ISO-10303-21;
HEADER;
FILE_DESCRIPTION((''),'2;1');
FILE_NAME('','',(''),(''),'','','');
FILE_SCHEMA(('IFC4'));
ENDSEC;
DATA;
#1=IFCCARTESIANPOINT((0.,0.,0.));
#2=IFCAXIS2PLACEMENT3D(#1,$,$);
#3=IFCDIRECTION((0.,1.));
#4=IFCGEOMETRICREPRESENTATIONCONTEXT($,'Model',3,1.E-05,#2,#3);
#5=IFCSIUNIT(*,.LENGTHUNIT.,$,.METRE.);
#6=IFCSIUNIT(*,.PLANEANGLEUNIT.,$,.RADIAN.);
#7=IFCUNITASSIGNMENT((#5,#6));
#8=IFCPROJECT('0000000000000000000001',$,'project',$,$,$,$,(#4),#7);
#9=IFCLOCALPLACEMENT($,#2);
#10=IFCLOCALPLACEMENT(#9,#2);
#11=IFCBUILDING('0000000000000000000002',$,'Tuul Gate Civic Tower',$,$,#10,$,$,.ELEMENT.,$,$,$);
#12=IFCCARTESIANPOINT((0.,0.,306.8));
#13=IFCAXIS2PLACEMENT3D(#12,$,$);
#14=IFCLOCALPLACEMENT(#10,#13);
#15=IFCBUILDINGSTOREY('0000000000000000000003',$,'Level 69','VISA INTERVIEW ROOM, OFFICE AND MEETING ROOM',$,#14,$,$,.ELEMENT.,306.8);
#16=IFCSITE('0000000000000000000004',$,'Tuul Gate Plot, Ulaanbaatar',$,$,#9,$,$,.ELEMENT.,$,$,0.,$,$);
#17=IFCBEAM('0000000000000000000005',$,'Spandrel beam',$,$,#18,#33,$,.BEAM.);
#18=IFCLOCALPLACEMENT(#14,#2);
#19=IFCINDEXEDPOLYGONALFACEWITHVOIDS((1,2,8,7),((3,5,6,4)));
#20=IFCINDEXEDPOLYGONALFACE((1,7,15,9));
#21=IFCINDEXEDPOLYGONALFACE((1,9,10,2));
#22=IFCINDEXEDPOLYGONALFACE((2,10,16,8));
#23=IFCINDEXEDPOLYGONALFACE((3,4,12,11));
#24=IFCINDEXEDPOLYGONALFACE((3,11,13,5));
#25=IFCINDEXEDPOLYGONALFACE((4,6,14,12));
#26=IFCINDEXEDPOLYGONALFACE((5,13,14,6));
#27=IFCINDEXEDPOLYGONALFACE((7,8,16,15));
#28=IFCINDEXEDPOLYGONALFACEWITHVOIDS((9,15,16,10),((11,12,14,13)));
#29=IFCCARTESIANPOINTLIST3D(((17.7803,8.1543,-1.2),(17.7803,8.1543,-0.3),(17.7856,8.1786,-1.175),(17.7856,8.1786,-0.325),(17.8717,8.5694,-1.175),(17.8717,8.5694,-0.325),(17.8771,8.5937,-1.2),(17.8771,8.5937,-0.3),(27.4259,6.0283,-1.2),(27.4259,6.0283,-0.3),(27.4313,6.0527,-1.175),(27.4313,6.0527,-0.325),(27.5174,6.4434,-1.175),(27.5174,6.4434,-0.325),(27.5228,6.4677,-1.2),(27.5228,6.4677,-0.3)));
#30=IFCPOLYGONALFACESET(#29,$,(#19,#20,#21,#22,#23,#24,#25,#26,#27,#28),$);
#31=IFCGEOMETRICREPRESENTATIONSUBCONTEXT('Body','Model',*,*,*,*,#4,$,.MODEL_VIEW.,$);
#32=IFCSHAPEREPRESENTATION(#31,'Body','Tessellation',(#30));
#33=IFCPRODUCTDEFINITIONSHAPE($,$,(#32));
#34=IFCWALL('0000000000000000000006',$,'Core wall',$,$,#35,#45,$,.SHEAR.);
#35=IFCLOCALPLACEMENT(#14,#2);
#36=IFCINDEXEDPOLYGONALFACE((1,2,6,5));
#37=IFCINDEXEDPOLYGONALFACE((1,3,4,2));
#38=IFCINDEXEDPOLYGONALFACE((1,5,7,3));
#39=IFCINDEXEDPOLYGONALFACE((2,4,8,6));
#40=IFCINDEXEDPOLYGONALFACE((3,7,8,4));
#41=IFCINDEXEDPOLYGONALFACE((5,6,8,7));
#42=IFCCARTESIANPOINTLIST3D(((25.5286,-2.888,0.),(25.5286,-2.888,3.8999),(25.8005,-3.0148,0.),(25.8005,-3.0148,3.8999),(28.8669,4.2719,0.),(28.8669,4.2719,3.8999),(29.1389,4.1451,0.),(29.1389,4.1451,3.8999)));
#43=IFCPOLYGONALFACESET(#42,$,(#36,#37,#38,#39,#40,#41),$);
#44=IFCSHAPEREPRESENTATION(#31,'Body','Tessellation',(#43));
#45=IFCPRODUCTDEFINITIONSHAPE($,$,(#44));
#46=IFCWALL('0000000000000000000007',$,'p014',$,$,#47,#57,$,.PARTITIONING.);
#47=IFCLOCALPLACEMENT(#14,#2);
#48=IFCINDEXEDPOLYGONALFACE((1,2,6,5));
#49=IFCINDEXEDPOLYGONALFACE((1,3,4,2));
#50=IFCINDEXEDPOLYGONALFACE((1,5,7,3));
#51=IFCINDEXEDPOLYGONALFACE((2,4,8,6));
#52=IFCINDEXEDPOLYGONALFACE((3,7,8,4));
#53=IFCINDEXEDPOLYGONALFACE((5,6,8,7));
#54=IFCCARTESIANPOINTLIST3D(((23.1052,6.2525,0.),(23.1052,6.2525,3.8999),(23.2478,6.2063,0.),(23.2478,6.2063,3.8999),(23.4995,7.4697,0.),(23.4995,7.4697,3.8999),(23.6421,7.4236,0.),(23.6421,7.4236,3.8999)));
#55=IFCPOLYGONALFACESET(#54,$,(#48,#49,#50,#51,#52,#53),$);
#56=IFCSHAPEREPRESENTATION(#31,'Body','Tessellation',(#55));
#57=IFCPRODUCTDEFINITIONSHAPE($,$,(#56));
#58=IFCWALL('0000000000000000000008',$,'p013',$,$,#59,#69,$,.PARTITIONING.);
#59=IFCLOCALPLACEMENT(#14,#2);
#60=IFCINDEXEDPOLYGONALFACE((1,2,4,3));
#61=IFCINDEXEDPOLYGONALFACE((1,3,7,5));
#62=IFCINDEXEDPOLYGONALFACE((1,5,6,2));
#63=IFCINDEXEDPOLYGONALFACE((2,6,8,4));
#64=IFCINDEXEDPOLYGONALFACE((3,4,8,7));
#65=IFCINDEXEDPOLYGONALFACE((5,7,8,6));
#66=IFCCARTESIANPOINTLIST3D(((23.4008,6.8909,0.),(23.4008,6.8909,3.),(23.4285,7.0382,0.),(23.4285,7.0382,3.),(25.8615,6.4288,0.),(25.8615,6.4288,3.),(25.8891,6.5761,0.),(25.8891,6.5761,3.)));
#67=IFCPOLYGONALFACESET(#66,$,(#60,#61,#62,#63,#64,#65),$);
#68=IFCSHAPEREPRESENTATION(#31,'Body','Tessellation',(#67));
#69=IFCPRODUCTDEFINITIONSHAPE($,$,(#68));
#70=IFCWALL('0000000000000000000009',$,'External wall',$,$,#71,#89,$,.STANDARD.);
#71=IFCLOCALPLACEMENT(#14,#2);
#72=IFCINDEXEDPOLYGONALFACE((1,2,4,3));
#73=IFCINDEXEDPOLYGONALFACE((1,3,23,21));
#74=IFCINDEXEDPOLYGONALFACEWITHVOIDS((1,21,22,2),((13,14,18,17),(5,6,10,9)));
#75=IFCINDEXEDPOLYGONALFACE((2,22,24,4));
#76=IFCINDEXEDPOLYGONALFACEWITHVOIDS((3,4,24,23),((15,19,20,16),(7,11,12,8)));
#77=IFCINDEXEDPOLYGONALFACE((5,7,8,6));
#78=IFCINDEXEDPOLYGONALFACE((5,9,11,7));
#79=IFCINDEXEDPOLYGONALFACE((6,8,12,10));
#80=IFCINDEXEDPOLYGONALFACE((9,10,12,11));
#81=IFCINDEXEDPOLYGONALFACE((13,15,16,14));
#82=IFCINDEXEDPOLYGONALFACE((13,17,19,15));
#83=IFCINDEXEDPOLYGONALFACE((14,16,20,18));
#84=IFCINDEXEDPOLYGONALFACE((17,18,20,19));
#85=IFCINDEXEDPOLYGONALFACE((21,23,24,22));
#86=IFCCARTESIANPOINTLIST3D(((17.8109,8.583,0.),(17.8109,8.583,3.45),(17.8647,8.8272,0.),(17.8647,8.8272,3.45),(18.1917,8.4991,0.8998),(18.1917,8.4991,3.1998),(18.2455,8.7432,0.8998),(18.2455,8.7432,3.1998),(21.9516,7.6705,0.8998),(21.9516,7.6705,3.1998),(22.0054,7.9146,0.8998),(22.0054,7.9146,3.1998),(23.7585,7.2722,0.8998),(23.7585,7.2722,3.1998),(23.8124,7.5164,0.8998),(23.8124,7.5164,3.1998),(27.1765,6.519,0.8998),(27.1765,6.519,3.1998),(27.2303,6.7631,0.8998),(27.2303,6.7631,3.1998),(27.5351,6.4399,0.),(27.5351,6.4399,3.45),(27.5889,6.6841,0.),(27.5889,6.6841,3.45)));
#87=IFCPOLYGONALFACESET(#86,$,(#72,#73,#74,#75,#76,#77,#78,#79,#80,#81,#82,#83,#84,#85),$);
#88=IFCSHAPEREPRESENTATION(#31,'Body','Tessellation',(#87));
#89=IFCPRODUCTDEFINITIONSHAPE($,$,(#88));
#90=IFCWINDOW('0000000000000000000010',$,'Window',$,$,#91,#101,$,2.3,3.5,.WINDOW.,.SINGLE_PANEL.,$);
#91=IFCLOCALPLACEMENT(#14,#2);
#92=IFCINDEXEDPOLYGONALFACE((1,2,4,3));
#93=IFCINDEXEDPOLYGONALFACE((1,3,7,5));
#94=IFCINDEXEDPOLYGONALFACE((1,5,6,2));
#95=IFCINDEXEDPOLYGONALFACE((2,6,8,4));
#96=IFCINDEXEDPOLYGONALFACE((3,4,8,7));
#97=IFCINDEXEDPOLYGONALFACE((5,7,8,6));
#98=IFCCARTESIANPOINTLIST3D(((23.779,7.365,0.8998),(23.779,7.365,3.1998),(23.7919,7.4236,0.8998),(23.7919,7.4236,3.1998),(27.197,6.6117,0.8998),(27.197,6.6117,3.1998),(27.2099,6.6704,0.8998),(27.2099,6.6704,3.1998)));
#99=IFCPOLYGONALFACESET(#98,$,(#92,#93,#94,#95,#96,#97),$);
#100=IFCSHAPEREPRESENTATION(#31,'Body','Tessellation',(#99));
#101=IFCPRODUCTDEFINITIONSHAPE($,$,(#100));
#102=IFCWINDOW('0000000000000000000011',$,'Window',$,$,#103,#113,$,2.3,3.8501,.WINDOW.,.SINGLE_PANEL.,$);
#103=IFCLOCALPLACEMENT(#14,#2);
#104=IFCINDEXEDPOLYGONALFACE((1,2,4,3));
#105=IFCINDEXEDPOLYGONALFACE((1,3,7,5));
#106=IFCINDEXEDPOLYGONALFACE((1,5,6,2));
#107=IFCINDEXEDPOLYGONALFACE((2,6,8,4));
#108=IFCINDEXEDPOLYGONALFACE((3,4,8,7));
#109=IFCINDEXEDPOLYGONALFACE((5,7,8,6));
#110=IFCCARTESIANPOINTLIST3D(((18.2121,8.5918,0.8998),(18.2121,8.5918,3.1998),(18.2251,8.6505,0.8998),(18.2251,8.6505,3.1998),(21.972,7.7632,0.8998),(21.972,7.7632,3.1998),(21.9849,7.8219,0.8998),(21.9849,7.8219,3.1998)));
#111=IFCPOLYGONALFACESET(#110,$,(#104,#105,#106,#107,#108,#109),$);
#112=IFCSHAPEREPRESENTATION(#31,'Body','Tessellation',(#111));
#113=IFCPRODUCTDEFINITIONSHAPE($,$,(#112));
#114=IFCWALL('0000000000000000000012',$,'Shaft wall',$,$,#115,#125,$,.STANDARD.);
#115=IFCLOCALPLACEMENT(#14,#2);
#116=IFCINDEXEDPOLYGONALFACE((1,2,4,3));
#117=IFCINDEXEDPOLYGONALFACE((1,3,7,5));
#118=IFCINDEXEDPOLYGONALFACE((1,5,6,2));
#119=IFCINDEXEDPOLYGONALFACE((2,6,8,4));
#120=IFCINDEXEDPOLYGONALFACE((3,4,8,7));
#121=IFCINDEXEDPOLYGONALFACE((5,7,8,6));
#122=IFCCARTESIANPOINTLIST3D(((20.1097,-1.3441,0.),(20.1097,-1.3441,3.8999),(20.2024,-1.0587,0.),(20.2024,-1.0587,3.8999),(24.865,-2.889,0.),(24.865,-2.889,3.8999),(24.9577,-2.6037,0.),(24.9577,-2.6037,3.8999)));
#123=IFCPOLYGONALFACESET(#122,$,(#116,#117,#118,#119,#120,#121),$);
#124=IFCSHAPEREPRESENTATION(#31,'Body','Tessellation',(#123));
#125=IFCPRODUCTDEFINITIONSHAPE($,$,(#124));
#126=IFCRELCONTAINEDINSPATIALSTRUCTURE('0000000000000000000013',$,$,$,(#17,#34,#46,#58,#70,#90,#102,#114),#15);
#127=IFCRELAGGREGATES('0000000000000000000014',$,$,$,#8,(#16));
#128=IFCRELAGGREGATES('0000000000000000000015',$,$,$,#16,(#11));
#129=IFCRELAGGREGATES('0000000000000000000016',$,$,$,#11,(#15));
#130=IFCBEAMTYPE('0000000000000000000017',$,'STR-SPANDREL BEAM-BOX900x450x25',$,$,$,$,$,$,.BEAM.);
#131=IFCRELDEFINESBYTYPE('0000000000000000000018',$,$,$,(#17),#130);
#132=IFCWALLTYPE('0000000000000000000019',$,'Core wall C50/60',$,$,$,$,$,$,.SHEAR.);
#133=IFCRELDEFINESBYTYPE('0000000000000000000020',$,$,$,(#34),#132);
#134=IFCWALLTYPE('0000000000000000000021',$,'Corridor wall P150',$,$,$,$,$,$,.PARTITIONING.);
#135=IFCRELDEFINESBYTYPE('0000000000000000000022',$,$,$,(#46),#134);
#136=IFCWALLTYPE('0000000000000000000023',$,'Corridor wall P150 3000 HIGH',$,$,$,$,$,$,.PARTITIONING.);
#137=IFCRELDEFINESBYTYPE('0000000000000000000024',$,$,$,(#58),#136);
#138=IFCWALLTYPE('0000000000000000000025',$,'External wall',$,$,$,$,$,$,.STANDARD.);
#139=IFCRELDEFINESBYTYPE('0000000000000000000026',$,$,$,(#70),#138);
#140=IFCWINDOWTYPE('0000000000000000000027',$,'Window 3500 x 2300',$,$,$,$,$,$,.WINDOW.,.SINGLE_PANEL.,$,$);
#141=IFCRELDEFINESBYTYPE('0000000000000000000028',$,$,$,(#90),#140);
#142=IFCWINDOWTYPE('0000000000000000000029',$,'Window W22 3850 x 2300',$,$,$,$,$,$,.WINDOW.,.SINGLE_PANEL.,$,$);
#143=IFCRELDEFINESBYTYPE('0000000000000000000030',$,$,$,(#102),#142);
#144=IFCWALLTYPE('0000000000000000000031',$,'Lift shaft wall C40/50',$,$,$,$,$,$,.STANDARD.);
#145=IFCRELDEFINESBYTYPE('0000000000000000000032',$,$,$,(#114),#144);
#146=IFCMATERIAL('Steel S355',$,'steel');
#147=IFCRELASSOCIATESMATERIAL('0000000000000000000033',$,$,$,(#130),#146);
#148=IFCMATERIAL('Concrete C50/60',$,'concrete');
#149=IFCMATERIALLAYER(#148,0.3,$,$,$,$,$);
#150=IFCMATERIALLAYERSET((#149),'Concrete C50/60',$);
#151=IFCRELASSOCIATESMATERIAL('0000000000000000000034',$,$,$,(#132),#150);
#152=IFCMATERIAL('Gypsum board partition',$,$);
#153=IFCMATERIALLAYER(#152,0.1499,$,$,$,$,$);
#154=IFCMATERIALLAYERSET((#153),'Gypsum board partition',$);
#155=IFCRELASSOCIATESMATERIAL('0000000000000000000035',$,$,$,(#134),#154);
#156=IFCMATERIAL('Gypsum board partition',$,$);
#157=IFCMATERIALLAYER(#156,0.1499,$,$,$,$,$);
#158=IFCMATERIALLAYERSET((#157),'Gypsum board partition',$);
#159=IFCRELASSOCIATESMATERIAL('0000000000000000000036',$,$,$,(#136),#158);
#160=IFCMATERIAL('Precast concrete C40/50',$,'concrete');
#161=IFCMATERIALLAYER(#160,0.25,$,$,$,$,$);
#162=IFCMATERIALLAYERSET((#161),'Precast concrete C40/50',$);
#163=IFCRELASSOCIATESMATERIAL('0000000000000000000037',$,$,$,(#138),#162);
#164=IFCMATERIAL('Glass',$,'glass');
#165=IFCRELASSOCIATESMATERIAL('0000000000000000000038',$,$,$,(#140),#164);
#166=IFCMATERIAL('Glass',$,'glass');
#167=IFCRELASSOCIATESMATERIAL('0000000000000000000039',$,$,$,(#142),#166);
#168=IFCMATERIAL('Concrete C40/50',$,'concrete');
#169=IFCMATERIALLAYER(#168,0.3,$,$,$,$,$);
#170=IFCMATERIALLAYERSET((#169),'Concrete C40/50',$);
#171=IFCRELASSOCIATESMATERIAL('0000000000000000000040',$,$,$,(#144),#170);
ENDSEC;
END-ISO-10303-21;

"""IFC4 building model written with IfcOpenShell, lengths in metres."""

from ifc_helpers import new_model, si_unit, direction, frame, frame_2d, origin, origin_2d, place, context, subcontext, project, spatial, rectangle, hollow_rectangle, extrude, material, layer, layer_set, material_profile, profile_set, type_object, element, fill, save


model = new_model("IFC4")

# Units and contexts
model_context = context("Model", 3, precision=1e-05, world=origin(), true_north=direction((0.0, 1.0)))
body_context = subcontext(model_context, "Body", "Model", "MODEL_VIEW")
ifc_project = project(units=[si_unit("LENGTHUNIT", "METRE"), si_unit("PLANEANGLEUNIT", "RADIAN")], contexts=[model_context])

# Site, building, storey
site_placement = place(None, origin())
site = spatial("IfcSite", under=ifc_project, at=site_placement, Name="Tuul Gate Plot, Ulaanbaatar", CompositionType="ELEMENT", RefElevation=0.0)
building_placement = place(site_placement, origin())
building = spatial("IfcBuilding", under=site, at=building_placement, Name="Tuul Gate Civic Tower", CompositionType="ELEMENT")
storey_placement = place(building_placement, frame((0.0, 0.0, 306.8)))
storey = spatial("IfcBuildingStorey", under=building, at=storey_placement, Name="Level 69", Description="VISA INTERVIEW ROOM, OFFICE AND MEETING ROOM", CompositionType="ELEMENT", Elevation=306.8)

# Beam
ifc_material_1 = material(Name="Steel S355", Category="steel")
ifc_material_profile = material_profile(ifc_material_1, hollow_rectangle(XDim=0.45, YDim=0.8999, WallThickness=0.0249, at=origin_2d()), Name="BOX900x450x25")
ifc_profile_set = profile_set([ifc_material_profile], Name="Steel S355")
beam_type = type_object("IfcBeamType", Name="STR-SPANDREL BEAM-BOX900x450x25", PredefinedType="BEAM", material=ifc_profile_set)
beam_placement = place(storey_placement, frame((27.4744, 6.248, -0.75), z_axis=(-0.976561, 0.215239, 0.0), x_axis=(-0.215239, -0.976561, 0.0)))
element("IfcBeam", 1, at=beam_placement, inside=storey, type_object=beam_type, Name="Spandrel beam", PredefinedType="BEAM", context=body_context, shape_type="SweptSolid", body=[
    extrude(hollow_rectangle(XDim=0.45, YDim=0.8999, WallThickness=0.0249, at=origin_2d()), origin(), (0.0, 0.0, 1.0), 9.8772),
])

# Walls
ifc_material_2 = material(Name="Concrete C50/60", Category="concrete")
ifc_layer_1 = layer(ifc_material_2, 0.3)
ifc_layer_set_1 = layer_set([ifc_layer_1], Name="Concrete C50/60")
wall_type_1 = type_object("IfcWallType", Name="Core wall C50/60", PredefinedType="SHEAR", material=ifc_layer_set_1)
wall_1_placement = place(storey_placement, frame((25.6646, -2.9514, 0.0), z_axis=(0.0, 0.0, 1.0), x_axis=(0.422583, 0.906324, 0.0)))
element("IfcWall", 2, at=wall_1_placement, inside=storey, type_object=wall_type_1, Name="Core wall", PredefinedType="SHEAR", context=body_context, shape_type="SweptSolid", body=[
    extrude(rectangle(XDim=7.8999, YDim=0.3, at=frame_2d((3.95, 0.0))), origin(), (0.0, 0.0, 1.0), 3.8999),
])
ifc_material_3 = material(Name="Gypsum board partition")
ifc_layer_2 = layer(ifc_material_3, 0.1499)
ifc_layer_set_2 = layer_set([ifc_layer_2], Name="Gypsum board partition")
wall_type_2 = type_object("IfcWallType", Name="Corridor wall P150", PredefinedType="PARTITIONING", material=ifc_layer_set_2)
wall_2_placement = place(storey_placement, frame((23.1765, 6.2295, 0.0), z_axis=(0.0, 0.0, 1.0), x_axis=(0.308145, 0.951339, 0.0)))
element("IfcWall", 3, at=wall_2_placement, inside=storey, type_object=wall_type_2, Name="p014", PredefinedType="PARTITIONING", context=body_context, shape_type="SweptSolid", body=[
    extrude(rectangle(XDim=1.2795, YDim=0.1499, at=frame_2d((0.6396, 0.0))), origin(), (0.0, 0.0, 1.0), 3.8999),
])
ifc_material_4 = material(Name="Gypsum board partition")
ifc_layer_3 = layer(ifc_material_4, 0.1499)
ifc_layer_set_3 = layer_set([ifc_layer_3], Name="Gypsum board partition")
wall_type_3 = type_object("IfcWallType", Name="Corridor wall P150 3000 HIGH", PredefinedType="PARTITIONING", material=ifc_layer_set_3)
wall_3_placement = place(storey_placement, frame((23.4146, 6.9646, 0.0), z_axis=(0.0, 0.0, 1.0), x_axis=(0.982816, -0.184589, 0.0)))
element("IfcWall", 4, at=wall_3_placement, inside=storey, type_object=wall_type_3, Name="p013", PredefinedType="PARTITIONING", context=body_context, shape_type="SweptSolid", body=[
    extrude(rectangle(XDim=2.5037, YDim=0.1499, at=frame_2d((1.252, 0.0))), origin(), (0.0, 0.0, 1.0), 3.0),
])

# Wall, openings, windows
ifc_material_5 = material(Name="Precast concrete C40/50", Category="concrete")
ifc_layer_4 = layer(ifc_material_5, 0.25)
ifc_layer_set_4 = layer_set([ifc_layer_4], Name="Precast concrete C40/50")
wall_type_4 = type_object("IfcWallType", Name="External wall", PredefinedType="STANDARD", material=ifc_layer_set_4)
wall_4_placement = place(storey_placement, frame((27.562, 6.562, 0.0), z_axis=(0.0, 0.0, 1.0), x_axis=(-0.976565, 0.215222, 0.0)))
wall_4 = element("IfcWall", 5, at=wall_4_placement, inside=storey, type_object=wall_type_4, Name="External wall", PredefinedType="STANDARD", context=body_context, shape_type="SweptSolid", body=[
    extrude(rectangle(XDim=9.9575, YDim=0.25, at=frame_2d((4.9788, 0.0))), origin(), (0.0, 0.0, 1.0), 3.45),
])
opening_1_placement = place(wall_4_placement, frame((5.7175, 0.0, 0.8999)))
opening_1 = element("IfcOpeningElement", 6, at=opening_1_placement, cuts=wall_4, PredefinedType="OPENING", context=body_context, shape_type="SweptSolid", body=[
    extrude(rectangle(XDim=3.8501, YDim=2.3, at=frame_2d((1.925, 1.1499))), frame((0.0, 0.135, 0.0), z_axis=(0.0, -1.0, 0.0), x_axis=(1.0, 0.0, 0.0)), (0.0, 0.0, 1.0), 0.27),
])
opening_2_placement = place(wall_4_placement, frame((0.3672, 0.0, 0.8999)))
opening_2 = element("IfcOpeningElement", 7, at=opening_2_placement, cuts=wall_4, PredefinedType="OPENING", context=body_context, shape_type="SweptSolid", body=[
    extrude(rectangle(XDim=3.5, YDim=2.3, at=frame_2d((1.75, 1.1499))), frame((0.0, 0.135, 0.0), z_axis=(0.0, -1.0, 0.0), x_axis=(1.0, 0.0, 0.0)), (0.0, 0.0, 1.0), 0.27),
])
ifc_material_6 = material(Name="Glass", Category="glass")
window_type_1 = type_object("IfcWindowType", Name="Window 3500 x 2300", PartitioningType="SINGLE_PANEL", PredefinedType="WINDOW", material=ifc_material_6)
window_1_placement = place(opening_2_placement, origin())
window_1 = element("IfcWindow", 8, at=window_1_placement, inside=storey, type_object=window_type_1, Name="Window", OverallHeight=2.3, OverallWidth=3.5, PartitioningType="SINGLE_PANEL", PredefinedType="WINDOW", context=body_context, shape_type="SweptSolid", body=[
    extrude(rectangle(XDim=3.5, YDim=2.3, at=frame_2d((1.75, 1.1499))), frame((0.0, 0.03, 0.0), z_axis=(0.0, -1.0, 0.0), x_axis=(1.0, 0.0, 0.0)), (0.0, 0.0, 1.0), 0.0601),
])
fill(opening_2, window_1)
ifc_material_7 = material(Name="Glass", Category="glass")
window_type_2 = type_object("IfcWindowType", Name="Window W22 3850 x 2300", PartitioningType="SINGLE_PANEL", PredefinedType="WINDOW", material=ifc_material_7)
window_2_placement = place(opening_1_placement, origin())
window_2 = element("IfcWindow", 9, at=window_2_placement, inside=storey, type_object=window_type_2, Name="Window", OverallHeight=2.3, OverallWidth=3.8501, PartitioningType="SINGLE_PANEL", PredefinedType="WINDOW", context=body_context, shape_type="SweptSolid", body=[
    extrude(rectangle(XDim=3.8501, YDim=2.3, at=frame_2d((1.925, 1.1499))), frame((0.0, 0.03, 0.0), z_axis=(0.0, -1.0, 0.0), x_axis=(1.0, 0.0, 0.0)), (0.0, 0.0, 1.0), 0.0601),
])
fill(opening_1, window_2)

# Wall
ifc_material_8 = material(Name="Concrete C40/50", Category="concrete")
ifc_layer_5 = layer(ifc_material_8, 0.3)
ifc_layer_set_5 = layer_set([ifc_layer_5], Name="Concrete C40/50")
wall_type_5 = type_object("IfcWallType", Name="Lift shaft wall C40/50", PredefinedType="STANDARD", material=ifc_layer_set_5)
wall_5_placement = place(storey_placement, frame((24.9114, -2.7463, 0.0), z_axis=(0.0, 0.0, 1.0), x_axis=(-0.951068, 0.308982, 0.0)))
element("IfcWall", 10, at=wall_5_placement, inside=storey, type_object=wall_type_5, Name="Shaft wall", PredefinedType="STANDARD", context=body_context, shape_type="SweptSolid", body=[
    extrude(rectangle(XDim=5.0, YDim=0.3, at=frame_2d((2.5, 0.0))), origin(), (0.0, 0.0, 1.0), 3.8999),
])

save(model, "model.ifc")
